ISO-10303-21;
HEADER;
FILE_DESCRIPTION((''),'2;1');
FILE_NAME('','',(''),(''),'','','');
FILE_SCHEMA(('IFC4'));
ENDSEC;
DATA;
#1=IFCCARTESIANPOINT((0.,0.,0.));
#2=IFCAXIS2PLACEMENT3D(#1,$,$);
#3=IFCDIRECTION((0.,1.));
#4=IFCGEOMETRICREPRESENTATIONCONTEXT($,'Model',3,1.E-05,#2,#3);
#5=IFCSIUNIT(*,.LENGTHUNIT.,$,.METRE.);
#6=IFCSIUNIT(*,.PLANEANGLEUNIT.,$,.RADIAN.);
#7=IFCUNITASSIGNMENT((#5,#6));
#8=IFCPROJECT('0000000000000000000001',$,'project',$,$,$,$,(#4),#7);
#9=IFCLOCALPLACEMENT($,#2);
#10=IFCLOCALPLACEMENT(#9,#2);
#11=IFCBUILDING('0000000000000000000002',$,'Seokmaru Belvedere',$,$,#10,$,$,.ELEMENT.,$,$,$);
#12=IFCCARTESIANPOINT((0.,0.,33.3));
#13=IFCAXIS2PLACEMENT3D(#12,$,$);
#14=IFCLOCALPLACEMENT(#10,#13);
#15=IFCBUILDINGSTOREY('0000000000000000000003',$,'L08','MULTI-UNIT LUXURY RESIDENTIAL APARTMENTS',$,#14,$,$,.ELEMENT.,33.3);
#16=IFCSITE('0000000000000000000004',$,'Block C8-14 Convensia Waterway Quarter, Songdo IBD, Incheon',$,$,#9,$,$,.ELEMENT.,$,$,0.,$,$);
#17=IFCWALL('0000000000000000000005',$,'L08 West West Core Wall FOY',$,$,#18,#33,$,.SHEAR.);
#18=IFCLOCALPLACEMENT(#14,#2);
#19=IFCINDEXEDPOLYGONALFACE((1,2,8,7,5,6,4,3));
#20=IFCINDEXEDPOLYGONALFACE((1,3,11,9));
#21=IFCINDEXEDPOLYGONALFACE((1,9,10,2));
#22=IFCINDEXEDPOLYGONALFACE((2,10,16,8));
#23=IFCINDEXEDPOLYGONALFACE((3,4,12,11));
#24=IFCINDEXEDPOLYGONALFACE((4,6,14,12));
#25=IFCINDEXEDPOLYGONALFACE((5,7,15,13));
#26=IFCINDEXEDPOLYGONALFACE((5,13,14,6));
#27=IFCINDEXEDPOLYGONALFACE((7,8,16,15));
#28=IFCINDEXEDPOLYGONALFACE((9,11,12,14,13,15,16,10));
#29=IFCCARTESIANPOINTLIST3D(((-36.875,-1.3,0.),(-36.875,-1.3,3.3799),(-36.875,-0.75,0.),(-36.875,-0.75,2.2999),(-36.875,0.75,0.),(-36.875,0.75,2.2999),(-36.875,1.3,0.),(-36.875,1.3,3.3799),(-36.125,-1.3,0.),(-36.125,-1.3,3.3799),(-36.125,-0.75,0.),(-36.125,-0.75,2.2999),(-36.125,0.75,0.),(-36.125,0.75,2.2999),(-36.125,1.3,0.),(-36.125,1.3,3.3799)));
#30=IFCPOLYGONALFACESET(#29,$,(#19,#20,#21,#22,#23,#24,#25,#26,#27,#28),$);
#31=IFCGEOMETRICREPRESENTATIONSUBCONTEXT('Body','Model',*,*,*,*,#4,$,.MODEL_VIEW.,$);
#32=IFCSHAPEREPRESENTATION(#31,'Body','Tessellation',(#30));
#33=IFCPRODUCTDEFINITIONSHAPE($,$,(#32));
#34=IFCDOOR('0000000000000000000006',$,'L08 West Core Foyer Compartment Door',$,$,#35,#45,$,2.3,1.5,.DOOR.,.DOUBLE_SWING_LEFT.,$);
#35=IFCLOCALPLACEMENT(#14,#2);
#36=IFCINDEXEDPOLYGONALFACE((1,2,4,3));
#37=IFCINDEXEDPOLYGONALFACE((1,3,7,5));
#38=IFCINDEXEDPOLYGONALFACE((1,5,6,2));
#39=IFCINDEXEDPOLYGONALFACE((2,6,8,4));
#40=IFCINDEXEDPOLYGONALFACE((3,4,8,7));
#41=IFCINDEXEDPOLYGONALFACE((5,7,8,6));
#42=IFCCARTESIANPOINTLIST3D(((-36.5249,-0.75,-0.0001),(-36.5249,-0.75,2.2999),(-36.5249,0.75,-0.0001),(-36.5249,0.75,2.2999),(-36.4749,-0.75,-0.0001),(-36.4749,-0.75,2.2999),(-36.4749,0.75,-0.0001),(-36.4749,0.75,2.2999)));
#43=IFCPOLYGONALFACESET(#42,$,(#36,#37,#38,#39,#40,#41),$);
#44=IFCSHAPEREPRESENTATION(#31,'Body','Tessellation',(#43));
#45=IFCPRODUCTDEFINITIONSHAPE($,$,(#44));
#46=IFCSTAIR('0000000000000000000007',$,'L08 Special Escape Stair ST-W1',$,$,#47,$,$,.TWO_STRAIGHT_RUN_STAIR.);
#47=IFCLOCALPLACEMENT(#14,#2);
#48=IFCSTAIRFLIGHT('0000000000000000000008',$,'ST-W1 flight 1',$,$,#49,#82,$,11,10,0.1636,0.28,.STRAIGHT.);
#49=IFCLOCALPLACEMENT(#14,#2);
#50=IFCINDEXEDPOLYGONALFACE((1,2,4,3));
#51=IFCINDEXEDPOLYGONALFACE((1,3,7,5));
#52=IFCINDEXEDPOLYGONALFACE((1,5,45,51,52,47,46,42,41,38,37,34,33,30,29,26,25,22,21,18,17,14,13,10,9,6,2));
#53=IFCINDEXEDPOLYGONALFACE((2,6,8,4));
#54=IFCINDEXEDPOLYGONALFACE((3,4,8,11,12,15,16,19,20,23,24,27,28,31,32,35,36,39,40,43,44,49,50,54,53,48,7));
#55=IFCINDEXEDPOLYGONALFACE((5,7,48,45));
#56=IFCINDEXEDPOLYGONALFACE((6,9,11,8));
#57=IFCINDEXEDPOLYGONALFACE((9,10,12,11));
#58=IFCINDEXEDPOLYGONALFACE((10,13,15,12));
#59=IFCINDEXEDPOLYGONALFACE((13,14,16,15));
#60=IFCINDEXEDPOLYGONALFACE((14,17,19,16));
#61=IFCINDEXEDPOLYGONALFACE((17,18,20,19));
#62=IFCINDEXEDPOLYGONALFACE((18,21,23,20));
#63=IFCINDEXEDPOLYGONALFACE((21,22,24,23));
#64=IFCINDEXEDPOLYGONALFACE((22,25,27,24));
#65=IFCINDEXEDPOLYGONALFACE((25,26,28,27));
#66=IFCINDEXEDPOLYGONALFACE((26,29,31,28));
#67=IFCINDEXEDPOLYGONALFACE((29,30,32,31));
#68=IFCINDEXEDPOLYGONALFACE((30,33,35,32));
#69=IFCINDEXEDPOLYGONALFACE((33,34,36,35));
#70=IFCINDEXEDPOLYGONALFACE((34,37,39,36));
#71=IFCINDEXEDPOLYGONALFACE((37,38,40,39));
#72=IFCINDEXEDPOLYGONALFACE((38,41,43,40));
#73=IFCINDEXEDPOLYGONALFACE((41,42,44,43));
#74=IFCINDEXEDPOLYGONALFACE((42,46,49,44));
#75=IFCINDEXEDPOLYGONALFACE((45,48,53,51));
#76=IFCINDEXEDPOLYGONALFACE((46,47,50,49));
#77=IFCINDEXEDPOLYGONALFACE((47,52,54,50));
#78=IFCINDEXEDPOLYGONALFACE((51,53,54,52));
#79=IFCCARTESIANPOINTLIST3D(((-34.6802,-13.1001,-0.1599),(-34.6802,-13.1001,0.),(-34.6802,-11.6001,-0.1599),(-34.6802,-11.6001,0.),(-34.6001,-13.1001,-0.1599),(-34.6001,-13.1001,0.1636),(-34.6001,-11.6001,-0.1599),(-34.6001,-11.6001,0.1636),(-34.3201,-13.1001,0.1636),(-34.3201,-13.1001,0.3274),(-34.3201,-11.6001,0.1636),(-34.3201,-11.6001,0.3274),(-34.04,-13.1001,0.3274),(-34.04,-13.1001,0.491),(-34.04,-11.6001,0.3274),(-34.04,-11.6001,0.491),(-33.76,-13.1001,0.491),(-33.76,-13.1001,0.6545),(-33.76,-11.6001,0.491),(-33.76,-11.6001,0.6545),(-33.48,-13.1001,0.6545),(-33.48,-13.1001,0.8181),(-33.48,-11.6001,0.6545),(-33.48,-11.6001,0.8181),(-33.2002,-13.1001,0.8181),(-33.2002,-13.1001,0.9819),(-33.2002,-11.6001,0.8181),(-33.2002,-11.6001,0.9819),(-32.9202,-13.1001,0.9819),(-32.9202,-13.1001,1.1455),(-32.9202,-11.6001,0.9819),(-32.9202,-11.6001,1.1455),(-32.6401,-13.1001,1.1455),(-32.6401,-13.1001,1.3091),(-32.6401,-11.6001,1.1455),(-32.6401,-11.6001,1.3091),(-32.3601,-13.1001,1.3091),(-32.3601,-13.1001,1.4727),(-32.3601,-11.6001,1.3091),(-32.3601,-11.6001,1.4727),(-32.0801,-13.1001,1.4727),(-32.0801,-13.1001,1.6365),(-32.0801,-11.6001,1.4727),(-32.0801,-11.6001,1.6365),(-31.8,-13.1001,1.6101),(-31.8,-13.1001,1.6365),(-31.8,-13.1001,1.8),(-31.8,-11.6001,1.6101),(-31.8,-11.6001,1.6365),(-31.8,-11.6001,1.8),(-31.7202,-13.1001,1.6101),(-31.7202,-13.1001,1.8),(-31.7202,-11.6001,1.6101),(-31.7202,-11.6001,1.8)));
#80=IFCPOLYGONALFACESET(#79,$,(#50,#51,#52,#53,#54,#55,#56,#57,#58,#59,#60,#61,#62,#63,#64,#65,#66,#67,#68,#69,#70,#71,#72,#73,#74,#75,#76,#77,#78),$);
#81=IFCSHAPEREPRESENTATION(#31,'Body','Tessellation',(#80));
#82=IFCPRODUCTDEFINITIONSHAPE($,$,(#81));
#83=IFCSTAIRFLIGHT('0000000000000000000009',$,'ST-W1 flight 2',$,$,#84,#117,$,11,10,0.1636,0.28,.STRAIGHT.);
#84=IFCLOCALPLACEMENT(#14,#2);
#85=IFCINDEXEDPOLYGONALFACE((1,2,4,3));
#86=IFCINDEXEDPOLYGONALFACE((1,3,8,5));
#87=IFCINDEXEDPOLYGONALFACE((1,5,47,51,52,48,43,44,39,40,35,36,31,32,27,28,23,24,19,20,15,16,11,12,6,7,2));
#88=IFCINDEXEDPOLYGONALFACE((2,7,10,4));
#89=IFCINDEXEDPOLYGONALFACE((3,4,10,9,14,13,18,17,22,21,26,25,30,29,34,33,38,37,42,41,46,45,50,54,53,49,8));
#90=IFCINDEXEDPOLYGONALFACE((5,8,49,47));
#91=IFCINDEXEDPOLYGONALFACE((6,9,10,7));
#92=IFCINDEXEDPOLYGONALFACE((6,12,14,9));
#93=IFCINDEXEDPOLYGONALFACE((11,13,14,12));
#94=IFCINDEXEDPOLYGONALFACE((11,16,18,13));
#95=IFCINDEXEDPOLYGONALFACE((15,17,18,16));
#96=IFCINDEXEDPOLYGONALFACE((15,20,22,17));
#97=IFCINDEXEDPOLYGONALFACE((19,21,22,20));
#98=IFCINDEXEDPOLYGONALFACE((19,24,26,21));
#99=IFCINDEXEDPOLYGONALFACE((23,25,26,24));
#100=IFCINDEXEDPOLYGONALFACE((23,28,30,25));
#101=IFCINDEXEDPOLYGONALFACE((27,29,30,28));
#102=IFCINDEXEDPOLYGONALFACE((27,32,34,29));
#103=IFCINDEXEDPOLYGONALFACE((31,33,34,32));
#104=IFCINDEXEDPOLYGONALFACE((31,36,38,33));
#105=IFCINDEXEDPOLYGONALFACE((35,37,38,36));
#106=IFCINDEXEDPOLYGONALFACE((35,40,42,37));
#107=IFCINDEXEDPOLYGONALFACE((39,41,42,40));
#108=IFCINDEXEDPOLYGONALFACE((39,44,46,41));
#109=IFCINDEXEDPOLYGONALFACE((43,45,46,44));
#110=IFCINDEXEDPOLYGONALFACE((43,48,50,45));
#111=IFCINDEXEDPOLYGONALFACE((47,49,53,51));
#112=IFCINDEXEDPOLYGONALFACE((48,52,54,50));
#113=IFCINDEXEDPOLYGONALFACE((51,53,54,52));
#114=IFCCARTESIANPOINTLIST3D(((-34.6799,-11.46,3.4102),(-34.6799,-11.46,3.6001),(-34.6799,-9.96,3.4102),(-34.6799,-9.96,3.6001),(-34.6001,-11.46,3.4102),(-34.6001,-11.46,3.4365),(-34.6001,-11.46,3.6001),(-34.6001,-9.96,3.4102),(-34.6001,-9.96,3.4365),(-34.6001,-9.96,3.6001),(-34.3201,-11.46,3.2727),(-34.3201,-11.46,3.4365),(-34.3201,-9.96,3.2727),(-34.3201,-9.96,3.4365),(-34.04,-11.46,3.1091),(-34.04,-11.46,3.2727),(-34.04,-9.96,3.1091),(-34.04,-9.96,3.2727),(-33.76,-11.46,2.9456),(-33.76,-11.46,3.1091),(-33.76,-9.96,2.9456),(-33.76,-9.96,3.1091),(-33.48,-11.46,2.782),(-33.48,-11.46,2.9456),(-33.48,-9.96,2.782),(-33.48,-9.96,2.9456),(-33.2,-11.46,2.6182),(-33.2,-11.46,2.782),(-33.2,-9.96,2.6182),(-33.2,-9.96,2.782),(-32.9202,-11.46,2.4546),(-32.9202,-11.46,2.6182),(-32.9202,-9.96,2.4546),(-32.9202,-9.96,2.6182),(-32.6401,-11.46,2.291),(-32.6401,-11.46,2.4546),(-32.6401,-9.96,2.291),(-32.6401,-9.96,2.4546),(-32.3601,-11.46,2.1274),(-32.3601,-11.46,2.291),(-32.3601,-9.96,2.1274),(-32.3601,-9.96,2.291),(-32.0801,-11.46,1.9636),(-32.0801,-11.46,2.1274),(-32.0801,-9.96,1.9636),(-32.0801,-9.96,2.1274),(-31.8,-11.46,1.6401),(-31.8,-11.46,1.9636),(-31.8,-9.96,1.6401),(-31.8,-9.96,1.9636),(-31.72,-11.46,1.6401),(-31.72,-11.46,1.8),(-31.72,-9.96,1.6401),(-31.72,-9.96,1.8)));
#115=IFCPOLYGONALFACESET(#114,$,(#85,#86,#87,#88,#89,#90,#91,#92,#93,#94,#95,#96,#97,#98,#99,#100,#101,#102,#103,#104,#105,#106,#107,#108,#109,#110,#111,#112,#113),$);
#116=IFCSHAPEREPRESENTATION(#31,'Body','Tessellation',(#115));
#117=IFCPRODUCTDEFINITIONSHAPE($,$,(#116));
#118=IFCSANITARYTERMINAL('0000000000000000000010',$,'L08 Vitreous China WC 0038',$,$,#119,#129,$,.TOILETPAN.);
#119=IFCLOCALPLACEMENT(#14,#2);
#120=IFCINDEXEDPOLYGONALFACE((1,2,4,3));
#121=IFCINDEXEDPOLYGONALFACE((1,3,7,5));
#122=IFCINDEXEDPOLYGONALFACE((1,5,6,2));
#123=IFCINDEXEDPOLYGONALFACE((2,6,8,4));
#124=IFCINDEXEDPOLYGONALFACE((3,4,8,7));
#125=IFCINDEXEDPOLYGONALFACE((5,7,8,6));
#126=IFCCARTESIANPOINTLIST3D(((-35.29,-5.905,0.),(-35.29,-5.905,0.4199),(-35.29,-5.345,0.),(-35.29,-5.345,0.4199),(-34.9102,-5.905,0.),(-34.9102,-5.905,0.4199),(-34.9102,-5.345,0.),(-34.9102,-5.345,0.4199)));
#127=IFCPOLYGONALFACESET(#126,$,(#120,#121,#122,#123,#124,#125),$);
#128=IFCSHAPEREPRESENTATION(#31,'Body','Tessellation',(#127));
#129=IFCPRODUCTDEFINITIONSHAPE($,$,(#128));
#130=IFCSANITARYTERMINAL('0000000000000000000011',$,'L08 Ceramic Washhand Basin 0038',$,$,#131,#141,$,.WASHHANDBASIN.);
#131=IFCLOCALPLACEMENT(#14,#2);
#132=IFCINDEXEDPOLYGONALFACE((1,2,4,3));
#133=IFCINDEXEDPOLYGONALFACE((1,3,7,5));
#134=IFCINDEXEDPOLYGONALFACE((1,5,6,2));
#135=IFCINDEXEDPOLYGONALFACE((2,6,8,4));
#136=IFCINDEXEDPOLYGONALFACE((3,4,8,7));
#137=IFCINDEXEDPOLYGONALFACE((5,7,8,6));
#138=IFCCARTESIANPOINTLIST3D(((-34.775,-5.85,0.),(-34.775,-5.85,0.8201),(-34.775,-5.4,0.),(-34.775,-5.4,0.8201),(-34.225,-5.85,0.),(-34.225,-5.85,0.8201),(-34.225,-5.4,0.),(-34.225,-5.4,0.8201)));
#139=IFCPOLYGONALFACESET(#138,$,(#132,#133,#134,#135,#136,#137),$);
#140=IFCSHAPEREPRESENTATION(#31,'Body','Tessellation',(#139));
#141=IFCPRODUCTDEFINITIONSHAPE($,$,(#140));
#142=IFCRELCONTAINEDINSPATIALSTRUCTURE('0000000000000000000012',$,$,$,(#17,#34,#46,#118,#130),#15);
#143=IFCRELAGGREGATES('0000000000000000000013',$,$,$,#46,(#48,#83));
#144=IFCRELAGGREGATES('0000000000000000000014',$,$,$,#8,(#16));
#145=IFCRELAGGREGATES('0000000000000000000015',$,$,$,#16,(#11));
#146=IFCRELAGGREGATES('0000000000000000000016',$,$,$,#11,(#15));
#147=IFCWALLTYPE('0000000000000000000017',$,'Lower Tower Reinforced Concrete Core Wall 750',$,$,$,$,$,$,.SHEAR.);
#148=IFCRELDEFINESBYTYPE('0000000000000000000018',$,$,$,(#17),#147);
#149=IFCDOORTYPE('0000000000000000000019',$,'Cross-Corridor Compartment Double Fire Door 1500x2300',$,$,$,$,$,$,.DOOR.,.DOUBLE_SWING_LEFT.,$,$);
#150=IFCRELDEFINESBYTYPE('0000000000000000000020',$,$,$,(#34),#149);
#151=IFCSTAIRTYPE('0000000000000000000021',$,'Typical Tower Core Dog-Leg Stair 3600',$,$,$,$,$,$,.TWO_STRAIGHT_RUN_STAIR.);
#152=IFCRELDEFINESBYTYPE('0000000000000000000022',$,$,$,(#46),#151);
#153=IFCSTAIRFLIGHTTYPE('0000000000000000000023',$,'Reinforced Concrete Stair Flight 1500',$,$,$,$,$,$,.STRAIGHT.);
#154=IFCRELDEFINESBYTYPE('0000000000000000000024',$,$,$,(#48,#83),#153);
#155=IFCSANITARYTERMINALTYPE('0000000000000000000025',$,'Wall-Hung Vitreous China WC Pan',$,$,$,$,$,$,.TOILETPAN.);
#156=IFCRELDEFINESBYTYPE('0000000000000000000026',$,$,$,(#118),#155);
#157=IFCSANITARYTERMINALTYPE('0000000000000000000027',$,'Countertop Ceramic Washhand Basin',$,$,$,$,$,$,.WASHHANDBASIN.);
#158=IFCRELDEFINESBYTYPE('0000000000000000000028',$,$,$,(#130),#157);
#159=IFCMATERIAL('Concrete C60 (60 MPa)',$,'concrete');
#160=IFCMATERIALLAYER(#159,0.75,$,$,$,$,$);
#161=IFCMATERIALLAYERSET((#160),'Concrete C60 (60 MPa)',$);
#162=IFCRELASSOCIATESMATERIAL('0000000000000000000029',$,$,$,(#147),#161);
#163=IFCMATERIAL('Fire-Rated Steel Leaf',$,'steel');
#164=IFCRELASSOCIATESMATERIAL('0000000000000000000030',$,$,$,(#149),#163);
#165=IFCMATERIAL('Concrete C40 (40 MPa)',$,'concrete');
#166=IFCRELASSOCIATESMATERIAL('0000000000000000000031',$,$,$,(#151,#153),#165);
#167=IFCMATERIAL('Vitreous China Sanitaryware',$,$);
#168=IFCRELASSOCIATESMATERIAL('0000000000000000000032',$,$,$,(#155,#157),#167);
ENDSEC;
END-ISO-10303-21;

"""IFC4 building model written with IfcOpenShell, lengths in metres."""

from ifc_helpers import new_model, si_unit, direction, frame, frame_2d, origin, origin_2d, place, context, subcontext, project, spatial, polyline, rectangle, outline, extrude, source, transform, mapped, material, layer, layer_set, type_object, type_shapes, element, fill, aggregate, save


model = new_model("IFC4")

# Units and contexts
model_context = context("Model", 3, precision=1e-05, world=origin(), true_north=direction((0.0, 1.0)))
body_context = subcontext(model_context, "Body", "Model", "MODEL_VIEW")
ifc_project = project(units=[si_unit("LENGTHUNIT", "METRE"), si_unit("PLANEANGLEUNIT", "RADIAN")], contexts=[model_context])

# Site, building, storey
site_placement = place(None, origin())
site = spatial("IfcSite", under=ifc_project, at=site_placement, Name="Block C8-14 Convensia Waterway Quarter, Songdo IBD, Incheon", CompositionType="ELEMENT", RefElevation=0.0)
building_placement = place(site_placement, origin())
building = spatial("IfcBuilding", under=site, at=building_placement, Name="Seokmaru Belvedere", CompositionType="ELEMENT")
storey_placement = place(building_placement, frame((0.0, 0.0, 33.3)))
storey = spatial("IfcBuildingStorey", under=building, at=storey_placement, Name="L08", Description="MULTI-UNIT LUXURY RESIDENTIAL APARTMENTS", CompositionType="ELEMENT", Elevation=33.3)

# Shared definitions
ifc_material_1 = material(Name="Fire-Rated Steel Leaf", Category="steel")

# Wall, opening, door
ifc_material_2 = material(Name="Concrete C60 (60 MPa)", Category="concrete")
ifc_layer_1 = layer(ifc_material_2, 0.75)
ifc_layer_set_1 = layer_set([ifc_layer_1], Name="Concrete C60 (60 MPa)")
wall_type_1 = type_object("IfcWallType", Name="Lower Tower Reinforced Concrete Core Wall 750", PredefinedType="SHEAR", material=ifc_layer_set_1)
wall_1_placement = place(storey_placement, frame((-36.5, -1.3, 0.0), z_axis=(0.0, 0.0, 1.0), x_axis=(0.0, 1.0, 0.0)))
wall_1 = element("IfcWall", 1, at=wall_1_placement, inside=storey, type_object=wall_type_1, Name="L08 West West Core Wall FOY", PredefinedType="SHEAR", context=body_context, shape_type="SweptSolid", body=[
    extrude(rectangle(XDim=2.6001, YDim=0.75, at=frame_2d((1.3, 0.0))), origin(), (0.0, 0.0, 1.0), 3.3799),
])
opening_1_placement = place(wall_1_placement, frame((0.55, 0.0, 0.0)))
opening_1 = element("IfcOpeningElement", 2, at=opening_1_placement, cuts=wall_1, PredefinedType="OPENING", context=body_context, shape_type="SweptSolid", body=[
    extrude(rectangle(XDim=1.5, YDim=2.3, at=frame_2d((0.75, 1.1499))), frame((0.0, 0.385, 0.0), z_axis=(0.0, -1.0, 0.0), x_axis=(1.0, 0.0, 0.0)), (0.0, 0.0, 1.0), 0.77),
])
door_type_1 = type_object("IfcDoorType", Name="Cross-Corridor Compartment Double Fire Door 1500x2300", OperationType="DOUBLE_SWING_LEFT", PredefinedType="DOOR", material=ifc_material_1)
shared_shape_1 = source(origin(), body_context, "Body", "SweptSolid", [
    extrude(rectangle(XDim=1.5, YDim=2.3, at=frame_2d((0.75, 1.1499))), frame((0.0, 0.0249, 0.0), z_axis=(0.0, -1.0, 0.0), x_axis=(1.0, 0.0, 0.0)), (0.0, 0.0, 1.0), 0.05),
])
type_shapes(door_type_1, [shared_shape_1])
door_1_placement = place(opening_1_placement, origin())
door_1 = element("IfcDoor", 3, at=door_1_placement, inside=storey, type_object=door_type_1, Name="L08 West Core Foyer Compartment Door", OperationType="DOUBLE_SWING_LEFT", OverallHeight=2.3, OverallWidth=1.5, PredefinedType="DOOR", context=body_context, shape_type="MappedRepresentation", body=[
    mapped(shared_shape_1, transform((0.0, 0.0, 0.0), scale=1.0)),
])
fill(opening_1, door_1)

# Stair, stair flights
ifc_material_3 = material(Name="Concrete C40 (40 MPa)", Category="concrete")
stair_type = type_object("IfcStairType", Name="Typical Tower Core Dog-Leg Stair 3600", PredefinedType="TWO_STRAIGHT_RUN_STAIR", material=ifc_material_3)
stair_placement = place(storey_placement, origin())
stair = element("IfcStair", 4, at=stair_placement, inside=storey, type_object=stair_type, Name="L08 Special Escape Stair ST-W1", PredefinedType="TWO_STRAIGHT_RUN_STAIR")
stair_flight_type = type_object("IfcStairFlightType", Name="Reinforced Concrete Stair Flight 1500", PredefinedType="STRAIGHT", material=ifc_material_3)
stair_flight_1_placement = place(storey_placement, frame((-34.6001, -12.3501, 0.0), z_axis=(0.0, 0.0, 1.0), x_axis=(1.0, 0.0, 0.0)))
stair_flight_1 = element("IfcStairFlight", 5, at=stair_flight_1_placement, type_object=stair_flight_type, Name="ST-W1 flight 1", NumberOfRisers=11, NumberOfTreads=10, PredefinedType="STRAIGHT", RiserHeight=0.1636, TreadLength=0.28, context=body_context, shape_type="SweptSolid", body=[
    extrude(outline(polyline([(-0.0801, 0.0), (0.0, 0.1636), (0.28, 0.1636), (0.28, 0.3274), (0.5601, 0.3274), (0.5601, 0.491), (0.8401, 0.491), (0.8401, 0.6545), (1.1201, 0.6545), (1.1201, 0.8181), (1.3999, 0.8181), (1.3999, 0.9819), (1.6799, 0.9819), (1.6799, 1.1455), (1.96, 1.1455), (1.96, 1.3091), (2.24, 1.3091), (2.24, 1.4727), (2.52, 1.4727), (2.52, 1.6365), (2.8, 1.6365), (2.8, 1.8), (2.8799, 1.8), (2.8799, 1.6101), (2.8, 1.6101), (0.0, -0.1599), (-0.0801, -0.1599), (-0.0801, 0.0)])), frame((0.0, 0.75, 0.0), z_axis=(0.0, -1.0, 0.0), x_axis=(1.0, 0.0, 0.0)), (0.0, 0.0, 1.0), 1.5),
])
stair_flight_2_placement = place(storey_placement, frame((-31.8, -10.71, 1.8), z_axis=(0.0, 0.0, 1.0), x_axis=(-1.0, 0.0, 0.0)))
stair_flight_2 = element("IfcStairFlight", 6, at=stair_flight_2_placement, type_object=stair_flight_type, Name="ST-W1 flight 2", NumberOfRisers=11, NumberOfTreads=10, PredefinedType="STRAIGHT", RiserHeight=0.1636, TreadLength=0.28, context=body_context, shape_type="SweptSolid", body=[
    extrude(outline(polyline([(-0.0801, 0.0), (0.0, 0.1636), (0.28, 0.1636), (0.28, 0.3274), (0.5601, 0.3274), (0.5601, 0.491), (0.8401, 0.491), (0.8401, 0.6545), (1.1201, 0.6545), (1.1201, 0.8181), (1.3999, 0.8181), (1.3999, 0.9819), (1.6799, 0.9819), (1.6799, 1.1455), (1.96, 1.1455), (1.96, 1.3091), (2.24, 1.3091), (2.24, 1.4727), (2.52, 1.4727), (2.52, 1.6365), (2.8, 1.6365), (2.8, 1.8), (2.8799, 1.8), (2.8799, 1.6101), (2.8, 1.6101), (0.0, -0.1599), (-0.0801, -0.1599), (-0.0801, 0.0)])), frame((0.0, 0.75, 0.0), z_axis=(0.0, -1.0, 0.0), x_axis=(1.0, 0.0, 0.0)), (0.0, 0.0, 1.0), 1.5),
])
aggregate(stair, [stair_flight_1, stair_flight_2])

# Sanitary terminals
ifc_material_4 = material(Name="Vitreous China Sanitaryware")
sanitary_terminal_type_1 = type_object("IfcSanitaryTerminalType", Name="Wall-Hung Vitreous China WC Pan", PredefinedType="TOILETPAN", material=ifc_material_4)
shared_shape_2 = source(origin(), body_context, "Body", "SweptSolid", [
    extrude(rectangle(XDim=0.3799, YDim=0.5601, at=origin_2d()), origin(), (0.0, 0.0, 1.0), 0.4199),
])
type_shapes(sanitary_terminal_type_1, [shared_shape_2])
sanitary_terminal_1_placement = place(storey_placement, frame((-35.1001, -5.625, 0.0), z_axis=(0.0, 0.0, 1.0), x_axis=(1.0, 0.0, 0.0)))
element("IfcSanitaryTerminal", 7, at=sanitary_terminal_1_placement, inside=storey, type_object=sanitary_terminal_type_1, Name="L08 Vitreous China WC 0038", PredefinedType="TOILETPAN", context=body_context, shape_type="MappedRepresentation", body=[
    mapped(shared_shape_2, transform((0.0, 0.0, 0.0), scale=1.0)),
])
sanitary_terminal_type_2 = type_object("IfcSanitaryTerminalType", Name="Countertop Ceramic Washhand Basin", PredefinedType="WASHHANDBASIN", material=ifc_material_4)
shared_shape_3 = source(origin(), body_context, "Body", "SweptSolid", [
    extrude(rectangle(XDim=0.55, YDim=0.45, at=origin_2d()), origin(), (0.0, 0.0, 1.0), 0.8201),
])
type_shapes(sanitary_terminal_type_2, [shared_shape_3])
sanitary_terminal_2_placement = place(storey_placement, frame((-34.5, -5.625, 0.0), z_axis=(0.0, 0.0, 1.0), x_axis=(1.0, 0.0, 0.0)))
element("IfcSanitaryTerminal", 8, at=sanitary_terminal_2_placement, inside=storey, type_object=sanitary_terminal_type_2, Name="L08 Ceramic Washhand Basin 0038", PredefinedType="WASHHANDBASIN", context=body_context, shape_type="MappedRepresentation", body=[
    mapped(shared_shape_3, transform((0.0, 0.0, 0.0), scale=1.0)),
])

save(model, "model.ifc")
